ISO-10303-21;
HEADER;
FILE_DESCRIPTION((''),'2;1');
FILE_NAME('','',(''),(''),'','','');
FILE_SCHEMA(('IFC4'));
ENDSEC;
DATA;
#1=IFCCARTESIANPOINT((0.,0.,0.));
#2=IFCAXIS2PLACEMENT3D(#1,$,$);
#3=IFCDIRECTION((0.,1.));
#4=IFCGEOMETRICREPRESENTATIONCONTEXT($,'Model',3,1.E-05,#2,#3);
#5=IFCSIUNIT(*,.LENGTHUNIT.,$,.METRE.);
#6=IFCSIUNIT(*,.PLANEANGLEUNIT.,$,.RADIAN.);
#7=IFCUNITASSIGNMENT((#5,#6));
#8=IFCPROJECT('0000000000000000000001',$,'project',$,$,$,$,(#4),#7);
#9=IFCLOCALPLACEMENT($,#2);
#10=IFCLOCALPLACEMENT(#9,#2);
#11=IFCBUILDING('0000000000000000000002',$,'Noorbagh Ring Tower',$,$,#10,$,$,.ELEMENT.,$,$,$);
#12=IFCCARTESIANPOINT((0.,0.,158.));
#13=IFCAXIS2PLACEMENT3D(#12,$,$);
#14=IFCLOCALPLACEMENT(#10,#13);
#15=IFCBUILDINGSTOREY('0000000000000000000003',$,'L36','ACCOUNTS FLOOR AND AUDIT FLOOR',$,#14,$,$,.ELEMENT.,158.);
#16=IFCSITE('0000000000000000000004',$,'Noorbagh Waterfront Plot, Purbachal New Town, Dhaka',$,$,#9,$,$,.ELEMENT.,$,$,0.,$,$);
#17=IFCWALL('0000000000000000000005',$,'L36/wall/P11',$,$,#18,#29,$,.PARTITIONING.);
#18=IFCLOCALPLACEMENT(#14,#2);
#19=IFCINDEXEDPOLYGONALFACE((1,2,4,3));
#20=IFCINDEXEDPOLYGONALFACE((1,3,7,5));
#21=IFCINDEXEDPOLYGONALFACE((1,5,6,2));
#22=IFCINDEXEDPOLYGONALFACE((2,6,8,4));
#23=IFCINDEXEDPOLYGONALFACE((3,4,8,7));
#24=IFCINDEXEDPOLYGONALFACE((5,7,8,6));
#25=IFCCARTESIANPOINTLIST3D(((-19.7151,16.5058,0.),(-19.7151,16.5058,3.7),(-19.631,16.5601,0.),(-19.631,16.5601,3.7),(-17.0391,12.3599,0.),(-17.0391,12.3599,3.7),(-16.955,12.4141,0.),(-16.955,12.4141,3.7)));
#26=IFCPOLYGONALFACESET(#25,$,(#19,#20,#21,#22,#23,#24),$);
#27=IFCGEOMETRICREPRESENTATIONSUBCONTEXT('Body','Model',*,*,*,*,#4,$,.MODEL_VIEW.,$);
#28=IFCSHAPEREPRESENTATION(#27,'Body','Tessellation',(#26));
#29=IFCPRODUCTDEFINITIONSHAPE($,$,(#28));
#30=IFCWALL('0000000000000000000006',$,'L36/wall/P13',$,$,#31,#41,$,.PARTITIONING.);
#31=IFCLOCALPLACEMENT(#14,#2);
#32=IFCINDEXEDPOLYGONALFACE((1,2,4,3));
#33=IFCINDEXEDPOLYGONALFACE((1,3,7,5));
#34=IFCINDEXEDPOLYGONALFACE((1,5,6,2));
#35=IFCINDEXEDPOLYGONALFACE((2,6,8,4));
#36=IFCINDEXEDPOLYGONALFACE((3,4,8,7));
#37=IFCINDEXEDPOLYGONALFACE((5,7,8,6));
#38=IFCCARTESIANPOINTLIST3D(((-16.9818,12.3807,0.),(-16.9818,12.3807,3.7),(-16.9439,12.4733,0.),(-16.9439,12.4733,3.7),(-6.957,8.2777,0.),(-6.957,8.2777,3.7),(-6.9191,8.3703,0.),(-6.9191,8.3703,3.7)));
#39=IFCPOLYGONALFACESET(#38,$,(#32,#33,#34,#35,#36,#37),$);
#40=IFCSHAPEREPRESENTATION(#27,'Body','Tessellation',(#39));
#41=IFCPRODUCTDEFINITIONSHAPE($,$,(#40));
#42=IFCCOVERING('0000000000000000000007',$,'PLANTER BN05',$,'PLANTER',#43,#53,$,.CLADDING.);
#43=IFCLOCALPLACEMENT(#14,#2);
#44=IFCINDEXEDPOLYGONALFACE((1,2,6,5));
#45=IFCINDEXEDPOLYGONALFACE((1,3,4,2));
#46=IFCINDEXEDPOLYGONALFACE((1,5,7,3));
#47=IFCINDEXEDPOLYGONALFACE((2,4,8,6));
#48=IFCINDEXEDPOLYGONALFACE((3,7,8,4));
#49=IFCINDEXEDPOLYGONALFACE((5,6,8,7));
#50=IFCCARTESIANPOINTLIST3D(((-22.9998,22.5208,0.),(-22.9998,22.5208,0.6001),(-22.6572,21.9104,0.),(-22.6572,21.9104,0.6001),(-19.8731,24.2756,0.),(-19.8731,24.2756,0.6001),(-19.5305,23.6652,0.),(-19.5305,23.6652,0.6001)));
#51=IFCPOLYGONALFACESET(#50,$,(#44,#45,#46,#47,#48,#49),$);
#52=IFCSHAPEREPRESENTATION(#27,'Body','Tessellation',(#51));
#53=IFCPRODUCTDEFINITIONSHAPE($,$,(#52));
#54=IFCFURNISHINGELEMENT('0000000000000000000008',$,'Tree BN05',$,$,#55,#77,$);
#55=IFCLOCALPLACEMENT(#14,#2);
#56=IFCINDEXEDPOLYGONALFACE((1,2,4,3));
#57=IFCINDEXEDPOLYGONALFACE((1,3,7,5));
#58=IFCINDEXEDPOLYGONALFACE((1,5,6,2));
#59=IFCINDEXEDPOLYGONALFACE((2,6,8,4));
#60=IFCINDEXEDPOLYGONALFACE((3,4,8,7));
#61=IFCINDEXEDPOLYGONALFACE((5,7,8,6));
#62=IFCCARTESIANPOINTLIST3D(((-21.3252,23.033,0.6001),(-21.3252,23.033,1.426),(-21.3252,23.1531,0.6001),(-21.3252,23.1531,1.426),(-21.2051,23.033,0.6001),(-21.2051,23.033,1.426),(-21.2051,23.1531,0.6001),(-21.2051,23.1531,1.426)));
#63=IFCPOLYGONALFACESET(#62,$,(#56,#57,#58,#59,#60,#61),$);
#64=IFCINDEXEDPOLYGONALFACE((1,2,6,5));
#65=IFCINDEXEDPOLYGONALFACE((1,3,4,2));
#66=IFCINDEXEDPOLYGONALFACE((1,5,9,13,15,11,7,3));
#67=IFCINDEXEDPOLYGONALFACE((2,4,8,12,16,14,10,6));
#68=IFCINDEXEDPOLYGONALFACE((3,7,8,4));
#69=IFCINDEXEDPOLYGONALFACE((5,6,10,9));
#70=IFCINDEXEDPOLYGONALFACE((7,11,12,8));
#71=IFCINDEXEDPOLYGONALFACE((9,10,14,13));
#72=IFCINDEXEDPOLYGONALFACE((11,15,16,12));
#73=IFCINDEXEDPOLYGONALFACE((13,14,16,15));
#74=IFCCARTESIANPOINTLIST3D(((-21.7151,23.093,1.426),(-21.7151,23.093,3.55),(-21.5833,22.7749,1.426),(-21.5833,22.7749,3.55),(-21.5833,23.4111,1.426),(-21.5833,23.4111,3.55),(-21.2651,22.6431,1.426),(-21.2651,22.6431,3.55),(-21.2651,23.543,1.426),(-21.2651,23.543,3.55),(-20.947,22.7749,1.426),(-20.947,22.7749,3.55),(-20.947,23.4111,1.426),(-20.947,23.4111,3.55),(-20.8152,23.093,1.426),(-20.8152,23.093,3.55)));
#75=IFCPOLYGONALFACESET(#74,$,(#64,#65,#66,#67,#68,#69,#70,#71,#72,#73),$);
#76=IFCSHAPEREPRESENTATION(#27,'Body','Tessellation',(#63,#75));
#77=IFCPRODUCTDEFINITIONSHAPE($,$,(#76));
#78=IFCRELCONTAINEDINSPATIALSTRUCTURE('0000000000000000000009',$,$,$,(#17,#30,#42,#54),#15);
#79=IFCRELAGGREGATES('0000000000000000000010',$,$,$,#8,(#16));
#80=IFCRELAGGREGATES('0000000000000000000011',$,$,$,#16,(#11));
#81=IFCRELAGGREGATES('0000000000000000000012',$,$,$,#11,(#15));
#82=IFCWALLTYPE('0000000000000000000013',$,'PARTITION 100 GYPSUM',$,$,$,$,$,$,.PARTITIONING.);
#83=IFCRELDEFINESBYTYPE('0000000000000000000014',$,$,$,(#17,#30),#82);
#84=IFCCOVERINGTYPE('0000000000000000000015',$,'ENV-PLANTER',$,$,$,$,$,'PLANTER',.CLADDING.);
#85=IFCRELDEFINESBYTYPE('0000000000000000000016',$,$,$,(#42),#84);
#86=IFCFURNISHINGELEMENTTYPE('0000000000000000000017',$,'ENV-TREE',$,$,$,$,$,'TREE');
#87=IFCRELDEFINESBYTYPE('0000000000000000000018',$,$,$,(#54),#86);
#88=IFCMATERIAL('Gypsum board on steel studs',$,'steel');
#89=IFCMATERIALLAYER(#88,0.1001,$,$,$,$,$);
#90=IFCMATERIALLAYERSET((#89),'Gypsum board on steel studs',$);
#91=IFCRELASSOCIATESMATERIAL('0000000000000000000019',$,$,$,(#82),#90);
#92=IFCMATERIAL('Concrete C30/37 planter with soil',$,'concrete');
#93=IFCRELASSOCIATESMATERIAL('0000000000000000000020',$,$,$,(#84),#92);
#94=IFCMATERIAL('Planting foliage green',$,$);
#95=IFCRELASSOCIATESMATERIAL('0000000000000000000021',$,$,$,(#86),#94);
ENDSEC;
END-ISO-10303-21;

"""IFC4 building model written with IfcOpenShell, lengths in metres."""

from ifc_helpers import new_model, si_unit, direction, frame, frame_2d, origin, origin_2d, place, context, subcontext, project, spatial, polyline, rectangle, outline, extrude, material, layer, layer_set, type_object, element, save


model = new_model("IFC4")

# Units and contexts
model_context = context("Model", 3, precision=1e-05, world=origin(), true_north=direction((0.0, 1.0)))
body_context = subcontext(model_context, "Body", "Model", "MODEL_VIEW")
ifc_project = project(units=[si_unit("LENGTHUNIT", "METRE"), si_unit("PLANEANGLEUNIT", "RADIAN")], contexts=[model_context])

# Site, building, storey
site_placement = place(None, origin())
site = spatial("IfcSite", under=ifc_project, at=site_placement, Name="Noorbagh Waterfront Plot, Purbachal New Town, Dhaka", CompositionType="ELEMENT", RefElevation=0.0)
building_placement = place(site_placement, origin())
building = spatial("IfcBuilding", under=site, at=building_placement, Name="Noorbagh Ring Tower", CompositionType="ELEMENT")
storey_placement = place(building_placement, frame((0.0, 0.0, 158.0)))
storey = spatial("IfcBuildingStorey", under=building, at=storey_placement, Name="L36", Description="ACCOUNTS FLOOR AND AUDIT FLOOR", CompositionType="ELEMENT", Elevation=158.0)

# Walls
ifc_material_1 = material(Name="Gypsum board on steel studs", Category="steel")
ifc_layer_1 = layer(ifc_material_1, 0.1001)
ifc_layer_set_1 = layer_set([ifc_layer_1], Name="Gypsum board on steel studs")
wall_type_1 = type_object("IfcWallType", Name="PARTITION 100 GYPSUM", PredefinedType="PARTITIONING", material=ifc_layer_set_1)
wall_1_placement = place(storey_placement, frame((-19.6731, 16.533, 0.0), z_axis=(0.0, 0.0, 1.0), x_axis=(0.542297, -0.840187, 0.0)))
element("IfcWall", 1, at=wall_1_placement, inside=storey, type_object=wall_type_1, Name="L36/wall/P11", PredefinedType="PARTITIONING", context=body_context, shape_type="SweptSolid", body=[
    extrude(rectangle(XDim=4.9346, YDim=0.1001, at=frame_2d((2.4673, 0.0))), origin(), (0.0, 0.0, 1.0), 3.7),
])
wall_2_placement = place(storey_placement, frame((-16.9629, 12.427, 0.0), z_axis=(0.0, 0.0, 1.0), x_axis=(0.925484, -0.378786, 0.0)))
element("IfcWall", 2, at=wall_2_placement, inside=storey, type_object=wall_type_1, Name="L36/wall/P13", PredefinedType="PARTITIONING", context=body_context, shape_type="SweptSolid", body=[
    extrude(rectangle(XDim=10.832, YDim=0.1001, at=frame_2d((5.416, 0.0))), origin(), (0.0, 0.0, 1.0), 3.7),
])

# Covering
ifc_material_2 = material(Name="Concrete C30/37 planter with soil", Category="concrete")
covering_type = type_object("IfcCoveringType", Name="ENV-PLANTER", ElementType="PLANTER", PredefinedType="CLADDING", material=ifc_material_2)
covering_placement = place(storey_placement, frame((-21.2651, 23.093, 0.0), z_axis=(0.0, 0.0, 1.0), x_axis=(-0.872045, -0.489426, 0.0)))
element("IfcCovering", 3, at=covering_placement, inside=storey, type_object=covering_type, Name="PLANTER BN05", ObjectType="PLANTER", PredefinedType="CLADDING", context=body_context, shape_type="SweptSolid", body=[
    extrude(rectangle(XDim=3.5854, YDim=0.7, at=origin_2d()), origin(), (0.0, 0.0, 1.0), 0.6001),
])

# Furnishing element
ifc_material_3 = material(Name="Planting foliage green")
furnishing_element_type = type_object("IfcFurnishingElementType", Name="ENV-TREE", ElementType="TREE", material=ifc_material_3)
furnishing_placement = place(storey_placement, frame((-21.2651, 23.093, 0.6001), z_axis=(0.0, 0.0, 1.0), x_axis=(1.0, 0.0, 0.0)))
element("IfcFurnishingElement", 4, at=furnishing_placement, inside=storey, type_object=furnishing_element_type, Name="Tree BN05", context=body_context, shape_type="SweptSolid", body=[
    extrude(rectangle(XDim=0.1201, YDim=0.1201, at=origin_2d()), origin(), (0.0, 0.0, 1.0), 0.8259),
    extrude(outline(polyline([(0.45, 0.0), (0.3181, 0.3181), (0.0, 0.45), (-0.3181, 0.3181), (-0.45, 0.0), (-0.3181, -0.3181), (0.0, -0.45), (0.3181, -0.3181), (0.45, 0.0)])), frame((0.0, 0.0, 0.8259)), (0.0, 0.0, 1.0), 2.124),
])

save(model, "model.ifc")
